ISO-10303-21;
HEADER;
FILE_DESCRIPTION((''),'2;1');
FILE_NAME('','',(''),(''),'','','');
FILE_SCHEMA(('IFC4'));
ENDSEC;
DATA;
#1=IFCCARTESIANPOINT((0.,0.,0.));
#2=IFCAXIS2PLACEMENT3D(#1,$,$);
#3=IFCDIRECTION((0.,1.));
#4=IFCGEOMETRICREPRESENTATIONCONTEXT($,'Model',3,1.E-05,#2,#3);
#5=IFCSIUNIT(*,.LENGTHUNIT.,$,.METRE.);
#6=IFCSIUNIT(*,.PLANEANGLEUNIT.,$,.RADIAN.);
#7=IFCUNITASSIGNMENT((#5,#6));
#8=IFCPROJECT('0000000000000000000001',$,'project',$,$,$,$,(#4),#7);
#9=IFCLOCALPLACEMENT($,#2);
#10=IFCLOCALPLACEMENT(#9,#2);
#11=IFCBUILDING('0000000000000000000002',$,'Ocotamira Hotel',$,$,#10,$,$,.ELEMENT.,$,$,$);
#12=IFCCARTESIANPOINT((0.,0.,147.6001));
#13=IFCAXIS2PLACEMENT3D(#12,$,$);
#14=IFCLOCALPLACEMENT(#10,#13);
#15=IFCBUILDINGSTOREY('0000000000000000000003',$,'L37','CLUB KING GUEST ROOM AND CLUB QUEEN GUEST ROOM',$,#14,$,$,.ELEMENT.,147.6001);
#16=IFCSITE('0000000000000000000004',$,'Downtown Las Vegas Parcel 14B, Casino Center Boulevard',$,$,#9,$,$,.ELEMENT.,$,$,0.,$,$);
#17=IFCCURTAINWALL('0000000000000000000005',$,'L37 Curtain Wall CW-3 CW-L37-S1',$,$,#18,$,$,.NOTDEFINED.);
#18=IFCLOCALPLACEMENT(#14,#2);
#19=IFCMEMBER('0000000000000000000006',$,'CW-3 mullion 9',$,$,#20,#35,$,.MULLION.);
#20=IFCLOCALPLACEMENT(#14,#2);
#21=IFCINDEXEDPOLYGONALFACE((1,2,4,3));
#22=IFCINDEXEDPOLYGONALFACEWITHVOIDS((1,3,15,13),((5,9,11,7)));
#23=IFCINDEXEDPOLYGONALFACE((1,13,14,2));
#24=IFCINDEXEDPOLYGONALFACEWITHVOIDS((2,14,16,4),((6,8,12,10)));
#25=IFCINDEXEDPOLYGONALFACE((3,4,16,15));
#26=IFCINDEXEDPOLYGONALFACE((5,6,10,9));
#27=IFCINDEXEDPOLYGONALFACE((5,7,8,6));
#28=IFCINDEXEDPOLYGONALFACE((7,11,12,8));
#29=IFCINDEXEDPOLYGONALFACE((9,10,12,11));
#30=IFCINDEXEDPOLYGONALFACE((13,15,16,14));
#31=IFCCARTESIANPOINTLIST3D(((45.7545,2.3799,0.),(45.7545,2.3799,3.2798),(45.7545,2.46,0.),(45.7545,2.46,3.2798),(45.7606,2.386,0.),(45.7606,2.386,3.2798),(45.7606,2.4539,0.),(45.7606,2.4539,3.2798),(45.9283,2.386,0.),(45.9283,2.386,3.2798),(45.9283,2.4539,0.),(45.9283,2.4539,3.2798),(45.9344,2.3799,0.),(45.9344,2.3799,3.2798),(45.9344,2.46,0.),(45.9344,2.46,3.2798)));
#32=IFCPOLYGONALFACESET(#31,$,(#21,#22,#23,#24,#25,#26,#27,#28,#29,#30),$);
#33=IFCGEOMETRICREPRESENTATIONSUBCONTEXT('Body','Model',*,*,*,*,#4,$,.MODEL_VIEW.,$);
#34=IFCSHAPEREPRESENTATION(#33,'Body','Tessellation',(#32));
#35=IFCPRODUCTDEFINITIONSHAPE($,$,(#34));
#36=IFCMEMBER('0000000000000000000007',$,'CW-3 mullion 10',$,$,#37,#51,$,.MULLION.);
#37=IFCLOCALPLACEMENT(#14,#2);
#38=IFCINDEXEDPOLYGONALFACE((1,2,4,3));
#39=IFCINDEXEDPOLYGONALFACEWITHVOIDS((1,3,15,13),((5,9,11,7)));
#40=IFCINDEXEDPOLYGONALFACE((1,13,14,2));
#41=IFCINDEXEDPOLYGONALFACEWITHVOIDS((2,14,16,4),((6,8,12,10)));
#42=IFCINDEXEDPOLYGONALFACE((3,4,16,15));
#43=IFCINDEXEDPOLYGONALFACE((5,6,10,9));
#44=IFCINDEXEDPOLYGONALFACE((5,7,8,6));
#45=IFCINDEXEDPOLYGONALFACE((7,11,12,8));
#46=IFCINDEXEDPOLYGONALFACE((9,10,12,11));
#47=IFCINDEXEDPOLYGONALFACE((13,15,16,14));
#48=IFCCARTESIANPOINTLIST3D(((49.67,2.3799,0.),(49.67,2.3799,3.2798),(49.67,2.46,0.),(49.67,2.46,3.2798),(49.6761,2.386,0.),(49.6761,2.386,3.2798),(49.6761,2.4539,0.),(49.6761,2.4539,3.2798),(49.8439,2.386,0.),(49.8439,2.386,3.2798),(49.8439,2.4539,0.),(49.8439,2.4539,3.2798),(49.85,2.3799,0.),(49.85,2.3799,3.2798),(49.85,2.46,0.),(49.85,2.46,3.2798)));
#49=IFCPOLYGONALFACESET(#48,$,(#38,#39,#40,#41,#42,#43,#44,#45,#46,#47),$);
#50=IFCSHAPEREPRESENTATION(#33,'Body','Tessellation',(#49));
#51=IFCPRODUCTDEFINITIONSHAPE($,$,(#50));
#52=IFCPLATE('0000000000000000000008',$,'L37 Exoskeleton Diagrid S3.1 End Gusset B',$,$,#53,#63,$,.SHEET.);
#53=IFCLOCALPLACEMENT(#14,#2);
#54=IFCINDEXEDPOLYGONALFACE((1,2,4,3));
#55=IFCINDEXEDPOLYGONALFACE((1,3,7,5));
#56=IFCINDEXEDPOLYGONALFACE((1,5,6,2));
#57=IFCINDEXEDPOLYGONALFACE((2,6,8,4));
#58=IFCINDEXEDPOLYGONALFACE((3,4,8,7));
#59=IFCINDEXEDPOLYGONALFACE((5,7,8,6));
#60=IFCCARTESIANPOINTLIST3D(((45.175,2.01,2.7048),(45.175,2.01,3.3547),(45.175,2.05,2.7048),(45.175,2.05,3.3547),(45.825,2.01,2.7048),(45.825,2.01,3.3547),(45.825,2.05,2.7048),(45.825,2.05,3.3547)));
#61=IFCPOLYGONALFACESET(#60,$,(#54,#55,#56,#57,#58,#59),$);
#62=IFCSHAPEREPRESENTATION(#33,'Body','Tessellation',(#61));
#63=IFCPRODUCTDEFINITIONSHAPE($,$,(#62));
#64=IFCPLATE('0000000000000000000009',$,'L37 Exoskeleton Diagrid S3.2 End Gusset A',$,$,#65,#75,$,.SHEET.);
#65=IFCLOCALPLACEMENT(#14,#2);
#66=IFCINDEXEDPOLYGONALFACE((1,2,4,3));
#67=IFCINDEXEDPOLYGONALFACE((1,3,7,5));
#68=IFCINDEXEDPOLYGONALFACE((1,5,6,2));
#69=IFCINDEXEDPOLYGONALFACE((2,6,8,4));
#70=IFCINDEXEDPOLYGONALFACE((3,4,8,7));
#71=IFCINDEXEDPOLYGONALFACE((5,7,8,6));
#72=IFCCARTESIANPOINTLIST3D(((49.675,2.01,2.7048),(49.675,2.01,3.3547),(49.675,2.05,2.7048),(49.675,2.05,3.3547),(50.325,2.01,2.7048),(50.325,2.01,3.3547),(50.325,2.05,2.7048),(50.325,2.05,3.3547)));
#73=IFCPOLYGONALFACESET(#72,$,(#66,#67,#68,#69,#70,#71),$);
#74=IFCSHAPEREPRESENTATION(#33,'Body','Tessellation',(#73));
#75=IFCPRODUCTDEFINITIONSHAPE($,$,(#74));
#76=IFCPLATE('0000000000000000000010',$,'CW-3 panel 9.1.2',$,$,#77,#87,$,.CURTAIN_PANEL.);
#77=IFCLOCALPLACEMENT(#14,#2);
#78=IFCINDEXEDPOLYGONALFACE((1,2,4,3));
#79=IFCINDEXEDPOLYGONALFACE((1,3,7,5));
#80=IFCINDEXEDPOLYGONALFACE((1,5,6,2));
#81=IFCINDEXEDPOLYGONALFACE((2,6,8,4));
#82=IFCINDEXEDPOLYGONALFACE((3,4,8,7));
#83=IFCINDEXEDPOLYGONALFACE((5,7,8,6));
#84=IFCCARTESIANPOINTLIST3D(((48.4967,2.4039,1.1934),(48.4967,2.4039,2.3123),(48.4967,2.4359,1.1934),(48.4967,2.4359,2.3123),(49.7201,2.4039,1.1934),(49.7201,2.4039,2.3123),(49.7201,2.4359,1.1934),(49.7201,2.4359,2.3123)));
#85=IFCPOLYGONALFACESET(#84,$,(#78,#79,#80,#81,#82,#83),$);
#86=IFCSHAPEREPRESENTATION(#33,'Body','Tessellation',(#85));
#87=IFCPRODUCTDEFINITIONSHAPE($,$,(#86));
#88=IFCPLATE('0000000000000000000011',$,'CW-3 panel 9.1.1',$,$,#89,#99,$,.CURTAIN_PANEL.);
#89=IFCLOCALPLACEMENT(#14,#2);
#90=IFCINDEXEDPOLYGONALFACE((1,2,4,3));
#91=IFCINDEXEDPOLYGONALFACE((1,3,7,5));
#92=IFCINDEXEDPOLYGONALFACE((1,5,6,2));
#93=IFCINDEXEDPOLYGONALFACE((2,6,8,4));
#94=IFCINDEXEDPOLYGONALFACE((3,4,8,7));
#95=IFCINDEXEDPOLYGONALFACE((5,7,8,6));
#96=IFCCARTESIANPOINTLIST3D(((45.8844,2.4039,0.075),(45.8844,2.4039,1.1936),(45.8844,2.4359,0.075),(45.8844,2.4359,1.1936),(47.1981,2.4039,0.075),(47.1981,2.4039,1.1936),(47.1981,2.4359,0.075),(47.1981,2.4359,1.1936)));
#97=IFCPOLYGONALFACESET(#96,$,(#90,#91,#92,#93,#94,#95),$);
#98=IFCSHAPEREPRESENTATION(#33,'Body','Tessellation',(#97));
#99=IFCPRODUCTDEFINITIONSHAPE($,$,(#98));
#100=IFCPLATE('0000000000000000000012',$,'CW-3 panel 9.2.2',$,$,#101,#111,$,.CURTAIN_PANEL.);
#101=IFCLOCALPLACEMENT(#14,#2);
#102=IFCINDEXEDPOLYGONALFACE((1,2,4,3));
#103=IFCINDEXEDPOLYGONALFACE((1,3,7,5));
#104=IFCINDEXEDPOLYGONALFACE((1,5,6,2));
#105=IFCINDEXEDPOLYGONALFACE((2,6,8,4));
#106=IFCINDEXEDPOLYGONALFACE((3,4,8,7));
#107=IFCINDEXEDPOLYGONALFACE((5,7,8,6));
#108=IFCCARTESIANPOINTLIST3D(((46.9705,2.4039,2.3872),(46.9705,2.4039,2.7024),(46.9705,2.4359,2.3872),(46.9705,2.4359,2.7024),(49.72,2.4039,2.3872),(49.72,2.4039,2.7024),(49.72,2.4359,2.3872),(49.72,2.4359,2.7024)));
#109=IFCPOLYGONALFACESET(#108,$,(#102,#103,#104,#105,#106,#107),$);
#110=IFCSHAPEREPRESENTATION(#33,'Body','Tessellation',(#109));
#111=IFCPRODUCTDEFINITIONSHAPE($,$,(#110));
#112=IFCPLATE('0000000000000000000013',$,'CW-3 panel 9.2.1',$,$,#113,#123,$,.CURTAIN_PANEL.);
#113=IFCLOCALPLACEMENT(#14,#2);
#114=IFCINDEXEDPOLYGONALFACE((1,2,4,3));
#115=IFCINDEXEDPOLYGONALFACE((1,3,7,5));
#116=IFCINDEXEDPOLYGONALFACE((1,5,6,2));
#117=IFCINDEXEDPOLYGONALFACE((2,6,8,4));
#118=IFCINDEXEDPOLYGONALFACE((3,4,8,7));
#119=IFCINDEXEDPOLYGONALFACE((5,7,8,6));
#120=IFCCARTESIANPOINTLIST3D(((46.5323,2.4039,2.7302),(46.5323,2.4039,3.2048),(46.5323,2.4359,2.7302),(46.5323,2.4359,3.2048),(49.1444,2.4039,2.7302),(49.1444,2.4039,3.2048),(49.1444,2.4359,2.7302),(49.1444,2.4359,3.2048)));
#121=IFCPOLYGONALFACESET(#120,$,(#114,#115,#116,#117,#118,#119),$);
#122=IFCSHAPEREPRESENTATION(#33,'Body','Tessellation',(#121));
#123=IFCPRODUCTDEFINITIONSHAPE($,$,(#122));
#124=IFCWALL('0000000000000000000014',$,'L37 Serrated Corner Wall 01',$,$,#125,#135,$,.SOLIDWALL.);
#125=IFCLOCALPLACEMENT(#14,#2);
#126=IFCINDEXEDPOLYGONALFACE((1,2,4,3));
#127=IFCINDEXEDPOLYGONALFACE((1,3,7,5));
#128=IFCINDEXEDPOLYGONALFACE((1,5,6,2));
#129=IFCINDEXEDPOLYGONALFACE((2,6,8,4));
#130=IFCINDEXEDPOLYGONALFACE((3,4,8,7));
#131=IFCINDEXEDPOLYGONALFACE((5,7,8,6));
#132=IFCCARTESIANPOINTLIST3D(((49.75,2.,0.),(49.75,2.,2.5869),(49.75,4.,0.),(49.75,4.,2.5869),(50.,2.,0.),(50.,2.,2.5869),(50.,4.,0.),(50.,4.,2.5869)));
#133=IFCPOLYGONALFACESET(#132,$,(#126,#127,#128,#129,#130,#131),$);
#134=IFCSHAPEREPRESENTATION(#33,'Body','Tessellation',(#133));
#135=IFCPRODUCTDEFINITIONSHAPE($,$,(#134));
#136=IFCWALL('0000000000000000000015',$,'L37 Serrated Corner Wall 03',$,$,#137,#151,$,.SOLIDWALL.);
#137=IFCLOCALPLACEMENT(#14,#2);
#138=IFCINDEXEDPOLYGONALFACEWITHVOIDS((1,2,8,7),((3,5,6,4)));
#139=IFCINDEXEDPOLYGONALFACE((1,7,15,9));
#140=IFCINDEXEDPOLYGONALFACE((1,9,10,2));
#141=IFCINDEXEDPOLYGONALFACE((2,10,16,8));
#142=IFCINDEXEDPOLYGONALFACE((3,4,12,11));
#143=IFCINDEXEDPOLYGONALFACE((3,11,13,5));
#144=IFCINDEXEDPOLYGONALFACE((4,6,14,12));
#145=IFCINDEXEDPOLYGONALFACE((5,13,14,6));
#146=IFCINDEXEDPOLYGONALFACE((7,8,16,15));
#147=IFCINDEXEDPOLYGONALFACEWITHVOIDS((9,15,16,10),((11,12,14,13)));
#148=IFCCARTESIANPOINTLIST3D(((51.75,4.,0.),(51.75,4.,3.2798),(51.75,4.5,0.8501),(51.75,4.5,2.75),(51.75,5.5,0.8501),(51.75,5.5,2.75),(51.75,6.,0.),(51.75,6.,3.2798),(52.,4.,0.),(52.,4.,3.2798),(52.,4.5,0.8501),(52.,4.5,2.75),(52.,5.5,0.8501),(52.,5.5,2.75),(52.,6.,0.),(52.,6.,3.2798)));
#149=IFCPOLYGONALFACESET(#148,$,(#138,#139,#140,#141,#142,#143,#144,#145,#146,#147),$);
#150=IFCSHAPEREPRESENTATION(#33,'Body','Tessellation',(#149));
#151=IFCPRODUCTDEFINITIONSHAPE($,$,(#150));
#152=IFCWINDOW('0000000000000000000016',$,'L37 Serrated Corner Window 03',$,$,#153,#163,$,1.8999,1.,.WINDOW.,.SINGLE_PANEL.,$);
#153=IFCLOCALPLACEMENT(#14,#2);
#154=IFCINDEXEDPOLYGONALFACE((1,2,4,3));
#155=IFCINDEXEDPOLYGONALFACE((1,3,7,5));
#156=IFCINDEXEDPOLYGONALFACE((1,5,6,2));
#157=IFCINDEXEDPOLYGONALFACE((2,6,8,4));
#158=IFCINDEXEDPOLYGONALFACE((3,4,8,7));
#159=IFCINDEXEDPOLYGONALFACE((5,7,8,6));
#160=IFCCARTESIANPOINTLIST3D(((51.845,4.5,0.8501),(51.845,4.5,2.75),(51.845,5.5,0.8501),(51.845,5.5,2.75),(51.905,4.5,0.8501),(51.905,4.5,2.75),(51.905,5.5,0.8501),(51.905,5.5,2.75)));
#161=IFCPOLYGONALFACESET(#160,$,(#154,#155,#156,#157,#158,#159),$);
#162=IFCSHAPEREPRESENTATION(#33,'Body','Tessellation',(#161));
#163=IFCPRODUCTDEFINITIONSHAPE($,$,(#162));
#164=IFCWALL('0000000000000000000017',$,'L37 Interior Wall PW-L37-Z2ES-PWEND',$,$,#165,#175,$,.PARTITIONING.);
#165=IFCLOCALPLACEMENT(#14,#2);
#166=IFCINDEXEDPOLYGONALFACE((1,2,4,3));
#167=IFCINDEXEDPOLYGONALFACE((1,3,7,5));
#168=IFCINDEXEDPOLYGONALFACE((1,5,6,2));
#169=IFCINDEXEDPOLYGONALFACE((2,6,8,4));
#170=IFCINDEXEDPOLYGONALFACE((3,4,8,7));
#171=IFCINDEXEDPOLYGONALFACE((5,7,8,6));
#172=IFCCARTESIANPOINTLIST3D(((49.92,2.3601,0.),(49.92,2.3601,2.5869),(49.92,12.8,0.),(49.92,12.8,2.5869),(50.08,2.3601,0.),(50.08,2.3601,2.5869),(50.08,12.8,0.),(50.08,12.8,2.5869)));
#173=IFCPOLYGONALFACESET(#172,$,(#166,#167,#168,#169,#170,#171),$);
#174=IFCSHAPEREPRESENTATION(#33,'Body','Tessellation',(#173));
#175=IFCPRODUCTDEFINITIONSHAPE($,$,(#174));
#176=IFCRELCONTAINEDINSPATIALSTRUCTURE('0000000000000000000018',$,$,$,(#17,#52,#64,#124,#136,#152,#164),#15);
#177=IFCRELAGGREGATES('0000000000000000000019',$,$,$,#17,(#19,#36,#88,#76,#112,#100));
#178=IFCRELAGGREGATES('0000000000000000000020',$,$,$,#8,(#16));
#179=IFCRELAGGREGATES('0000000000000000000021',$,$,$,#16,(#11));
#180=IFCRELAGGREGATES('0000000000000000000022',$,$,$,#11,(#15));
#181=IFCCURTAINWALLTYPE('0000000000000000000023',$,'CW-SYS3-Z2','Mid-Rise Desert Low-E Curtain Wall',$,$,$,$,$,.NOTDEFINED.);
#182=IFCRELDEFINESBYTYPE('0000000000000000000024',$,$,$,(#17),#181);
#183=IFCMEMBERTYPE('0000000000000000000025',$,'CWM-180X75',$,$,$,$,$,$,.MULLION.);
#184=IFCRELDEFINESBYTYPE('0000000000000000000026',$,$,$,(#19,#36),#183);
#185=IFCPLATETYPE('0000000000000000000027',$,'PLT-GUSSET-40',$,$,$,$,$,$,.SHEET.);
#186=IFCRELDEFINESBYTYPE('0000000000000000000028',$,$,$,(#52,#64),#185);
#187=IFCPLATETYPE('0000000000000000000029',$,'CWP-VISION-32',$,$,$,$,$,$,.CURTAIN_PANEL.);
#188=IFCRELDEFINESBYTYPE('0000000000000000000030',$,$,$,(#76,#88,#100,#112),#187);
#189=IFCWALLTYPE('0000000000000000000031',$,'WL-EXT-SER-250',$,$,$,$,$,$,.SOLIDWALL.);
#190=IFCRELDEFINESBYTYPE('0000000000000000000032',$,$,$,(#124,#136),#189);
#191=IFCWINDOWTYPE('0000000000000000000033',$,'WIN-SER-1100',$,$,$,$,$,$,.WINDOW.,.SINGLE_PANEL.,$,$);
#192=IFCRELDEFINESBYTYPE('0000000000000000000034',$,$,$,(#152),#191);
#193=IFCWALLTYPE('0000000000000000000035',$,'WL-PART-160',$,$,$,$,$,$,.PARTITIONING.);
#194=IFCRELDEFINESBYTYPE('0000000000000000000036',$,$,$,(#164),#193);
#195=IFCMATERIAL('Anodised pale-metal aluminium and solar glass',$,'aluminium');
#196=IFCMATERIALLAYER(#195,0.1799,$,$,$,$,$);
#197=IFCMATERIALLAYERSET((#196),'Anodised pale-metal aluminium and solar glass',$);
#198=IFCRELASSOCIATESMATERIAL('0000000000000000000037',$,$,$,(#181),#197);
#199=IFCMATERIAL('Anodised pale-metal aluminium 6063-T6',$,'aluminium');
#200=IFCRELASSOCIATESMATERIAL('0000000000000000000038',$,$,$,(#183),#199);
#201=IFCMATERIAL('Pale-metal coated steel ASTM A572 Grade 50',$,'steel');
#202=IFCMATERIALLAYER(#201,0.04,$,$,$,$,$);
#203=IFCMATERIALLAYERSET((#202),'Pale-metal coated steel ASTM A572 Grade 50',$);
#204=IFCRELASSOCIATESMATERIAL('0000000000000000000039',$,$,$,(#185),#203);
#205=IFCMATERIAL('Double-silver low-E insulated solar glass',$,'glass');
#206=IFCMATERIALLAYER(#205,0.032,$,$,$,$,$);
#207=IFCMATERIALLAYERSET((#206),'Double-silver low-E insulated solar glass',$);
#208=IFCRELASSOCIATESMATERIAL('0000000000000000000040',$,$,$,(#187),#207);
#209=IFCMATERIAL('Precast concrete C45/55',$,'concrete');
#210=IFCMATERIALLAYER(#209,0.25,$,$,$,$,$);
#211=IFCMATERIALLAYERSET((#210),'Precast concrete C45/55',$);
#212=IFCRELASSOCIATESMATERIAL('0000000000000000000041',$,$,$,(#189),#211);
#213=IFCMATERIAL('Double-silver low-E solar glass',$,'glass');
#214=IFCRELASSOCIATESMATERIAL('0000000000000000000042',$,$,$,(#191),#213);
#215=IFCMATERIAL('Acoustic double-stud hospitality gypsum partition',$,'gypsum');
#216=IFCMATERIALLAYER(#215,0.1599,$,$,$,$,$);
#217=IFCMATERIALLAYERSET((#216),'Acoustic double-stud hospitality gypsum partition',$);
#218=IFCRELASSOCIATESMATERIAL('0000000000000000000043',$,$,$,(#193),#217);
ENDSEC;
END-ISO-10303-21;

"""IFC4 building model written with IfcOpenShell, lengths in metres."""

from ifc_helpers import new_model, si_unit, direction, frame, frame_2d, origin, origin_2d, place, context, subcontext, project, spatial, rectangle, hollow_rectangle, extrude, source, transform, mapped, material, layer, layer_set, material_profile, profile_set, type_object, element, fill, aggregate, save


model = new_model("IFC4")

# Units and contexts
model_context = context("Model", 3, precision=1e-05, world=origin(), true_north=direction((0.0, 1.0)))
body_context = subcontext(model_context, "Body", "Model", "MODEL_VIEW")
ifc_project = project(units=[si_unit("LENGTHUNIT", "METRE"), si_unit("PLANEANGLEUNIT", "RADIAN")], contexts=[model_context])

# Site, building, storey
site_placement = place(None, origin())
site = spatial("IfcSite", under=ifc_project, at=site_placement, Name="Downtown Las Vegas Parcel 14B, Casino Center Boulevard", CompositionType="ELEMENT", RefElevation=0.0)
building_placement = place(site_placement, origin())
building = spatial("IfcBuilding", under=site, at=building_placement, Name="Ocotamira Hotel", CompositionType="ELEMENT")
storey_placement = place(building_placement, frame((0.0, 0.0, 147.6001)))
storey = spatial("IfcBuildingStorey", under=building, at=storey_placement, Name="L37", Description="CLUB KING GUEST ROOM AND CLUB QUEEN GUEST ROOM", CompositionType="ELEMENT", Elevation=147.6001)

# Curtain wall, members
ifc_material_1 = material(Name="Anodised pale-metal aluminium and solar glass", Category="aluminium")
ifc_layer_1 = layer(ifc_material_1, 0.1799)
ifc_layer_set_1 = layer_set([ifc_layer_1], Name="Anodised pale-metal aluminium and solar glass")
curtain_wall_type = type_object("IfcCurtainWallType", Name="CW-SYS3-Z2", Description="Mid-Rise Desert Low-E Curtain Wall", PredefinedType="NOTDEFINED", material=ifc_layer_set_1)
curtain_wall_placement = place(storey_placement, origin())
curtain_wall = element("IfcCurtainWall", 1, at=curtain_wall_placement, inside=storey, type_object=curtain_wall_type, Name="L37 Curtain Wall CW-3 CW-L37-S1", PredefinedType="NOTDEFINED")
ifc_material_2 = material(Name="Anodised pale-metal aluminium 6063-T6", Category="aluminium")
ifc_material_profile_1 = material_profile(ifc_material_2, hollow_rectangle(XDim=0.0801, YDim=0.1799, WallThickness=0.0061, at=origin_2d()), Name="HSS180X80X6")
ifc_profile_set_1 = profile_set([ifc_material_profile_1], Name="Anodised pale-metal aluminium 6063-T6")
member_type_1 = type_object("IfcMemberType", Name="CWM-180X75", PredefinedType="MULLION", material=ifc_profile_set_1)
shared_shape_1 = source(origin(), body_context, "Body", "SweptSolid", [
    extrude(hollow_rectangle(XDim=0.0801, YDim=0.1799, WallThickness=0.0061, at=origin_2d()), origin(), (0.0, 0.0, 1.0), 3.2798),
])
member_1_placement = place(storey_placement, frame((45.8445, 2.4199, 0.0), z_axis=(0.0, 0.0, 1.0), x_axis=(0.0, 1.0, 0.0)))
member_1 = element("IfcMember", 2, at=member_1_placement, type_object=member_type_1, Name="CW-3 mullion 9", PredefinedType="MULLION", context=body_context, shape_type="MappedRepresentation", body=[
    mapped(shared_shape_1, transform((0.0, 0.0, 0.0), scale=1.0)),
])
member_2_placement = place(storey_placement, frame((49.76, 2.4199, 0.0), z_axis=(0.0, 0.0, 1.0), x_axis=(0.0, 1.0, 0.0)))
member_2 = element("IfcMember", 3, at=member_2_placement, type_object=member_type_1, Name="CW-3 mullion 10", PredefinedType="MULLION", context=body_context, shape_type="MappedRepresentation", body=[
    mapped(shared_shape_1, transform((0.0, 0.0, 0.0), scale=1.0)),
])

# Plates
ifc_material_3 = material(Name="Pale-metal coated steel ASTM A572 Grade 50", Category="steel")
ifc_layer_2 = layer(ifc_material_3, 0.04)
ifc_layer_set_2 = layer_set([ifc_layer_2], Name="Pale-metal coated steel ASTM A572 Grade 50")
plate_type_1 = type_object("IfcPlateType", Name="PLT-GUSSET-40", PredefinedType="SHEET", material=ifc_layer_set_2)
shared_shape_2 = source(origin(), body_context, "Body", "SweptSolid", [
    extrude(rectangle(XDim=0.6499, YDim=0.04, at=origin_2d()), origin(), (0.0, 0.0, 1.0), 0.6499),
])
for number, where, z_axis, x_axis, name in (
    (4, (45.5, 2.03, 2.7048), (0.0, 0.0, 1.0), (1.0, 0.0, 0.0), "L37 Exoskeleton Diagrid S3.1 End Gusset B"),
    (5, (50.0, 2.03, 2.7048), (0.0, 0.0, 1.0), (-1.0, 0.0, 0.0), "L37 Exoskeleton Diagrid S3.2 End Gusset A"),
):
    element("IfcPlate", number, at=place(storey_placement, frame(where, z_axis=z_axis, x_axis=x_axis)), inside=storey, type_object=plate_type_1, Name=name, PredefinedType="SHEET", context=body_context, shape_type="MappedRepresentation", body=[
        mapped(shared_shape_2, transform((0.0, 0.0, 0.0), scale=1.0)),
    ])

# Plates
ifc_material_4 = material(Name="Double-silver low-E insulated solar glass", Category="glass")
ifc_layer_3 = layer(ifc_material_4, 0.032)
ifc_layer_set_3 = layer_set([ifc_layer_3], Name="Double-silver low-E insulated solar glass")
plate_type_2 = type_object("IfcPlateType", Name="CWP-VISION-32", PredefinedType="CURTAIN_PANEL", material=ifc_layer_set_3)
shared_shape_3 = source(origin(), body_context, "Body", "SweptSolid", [
    extrude(rectangle(XDim=1.2234, YDim=0.032, at=origin_2d()), origin(), (0.0, 0.0, 1.0), 1.1189),
])
plate_1_placement = place(storey_placement, frame((49.1084, 2.4199, 1.1934), z_axis=(0.0, 0.0, 1.0), x_axis=(1.0, 0.0, 0.0)))
plate_1 = element("IfcPlate", 6, at=plate_1_placement, type_object=plate_type_2, Name="CW-3 panel 9.1.2", PredefinedType="CURTAIN_PANEL", context=body_context, shape_type="MappedRepresentation", body=[
    mapped(shared_shape_3, transform((0.0, 0.0, 0.0), scale=1.0)),
])
shared_shape_4 = source(origin(), body_context, "Body", "SweptSolid", [
    extrude(rectangle(XDim=1.3137, YDim=0.032, at=origin_2d()), origin(), (0.0, 0.0, 1.0), 1.1187),
])
plate_2_placement = place(storey_placement, frame((46.5413, 2.4199, 0.075), z_axis=(0.0, 0.0, 1.0), x_axis=(1.0, 0.0, 0.0)))
plate_2 = element("IfcPlate", 7, at=plate_2_placement, type_object=plate_type_2, Name="CW-3 panel 9.1.1", PredefinedType="CURTAIN_PANEL", context=body_context, shape_type="MappedRepresentation", body=[
    mapped(shared_shape_4, transform((0.0, 0.0, 0.0), scale=1.0)),
])
shared_shape_5 = source(origin(), body_context, "Body", "SweptSolid", [
    extrude(rectangle(XDim=2.7495, YDim=0.032, at=origin_2d()), origin(), (0.0, 0.0, 1.0), 0.3152),
])
plate_3_placement = place(storey_placement, frame((48.3452, 2.4199, 2.3872), z_axis=(0.0, 0.0, 1.0), x_axis=(1.0, 0.0, 0.0)))
plate_3 = element("IfcPlate", 8, at=plate_3_placement, type_object=plate_type_2, Name="CW-3 panel 9.2.2", PredefinedType="CURTAIN_PANEL", context=body_context, shape_type="MappedRepresentation", body=[
    mapped(shared_shape_5, transform((0.0, 0.0, 0.0), scale=1.0)),
])
shared_shape_6 = source(origin(), body_context, "Body", "SweptSolid", [
    extrude(rectangle(XDim=2.6121, YDim=0.032, at=origin_2d()), origin(), (0.0, 0.0, 1.0), 0.4746),
])
plate_4_placement = place(storey_placement, frame((47.8384, 2.4199, 2.7302), z_axis=(0.0, 0.0, 1.0), x_axis=(1.0, 0.0, 0.0)))
plate_4 = element("IfcPlate", 9, at=plate_4_placement, type_object=plate_type_2, Name="CW-3 panel 9.2.1", PredefinedType="CURTAIN_PANEL", context=body_context, shape_type="MappedRepresentation", body=[
    mapped(shared_shape_6, transform((0.0, 0.0, 0.0), scale=1.0)),
])
aggregate(curtain_wall, [member_1, member_2, plate_2, plate_1, plate_4, plate_3])

# Wall
ifc_material_5 = material(Name="Precast concrete C45/55", Category="concrete")
ifc_layer_4 = layer(ifc_material_5, 0.25)
ifc_layer_set_4 = layer_set([ifc_layer_4], Name="Precast concrete C45/55")
wall_type_1 = type_object("IfcWallType", Name="WL-EXT-SER-250", PredefinedType="SOLIDWALL", material=ifc_layer_set_4)
wall_1_placement = place(storey_placement, frame((49.875, 2.0, 0.0), z_axis=(0.0, 0.0, 1.0), x_axis=(0.0, 1.0, 0.0)))
element("IfcWall", 10, at=wall_1_placement, inside=storey, type_object=wall_type_1, Name="L37 Serrated Corner Wall 01", PredefinedType="SOLIDWALL", context=body_context, shape_type="SweptSolid", body=[
    extrude(rectangle(XDim=2.0, YDim=0.25, at=frame_2d((1.0, 0.0))), origin(), (0.0, 0.0, 1.0), 2.5869),
])

# Wall, opening, window
wall_2_placement = place(storey_placement, frame((51.875, 4.0, 0.0), z_axis=(0.0, 0.0, 1.0), x_axis=(0.0, 1.0, 0.0)))
wall_2 = element("IfcWall", 11, at=wall_2_placement, inside=storey, type_object=wall_type_1, Name="L37 Serrated Corner Wall 03", PredefinedType="SOLIDWALL", context=body_context, shape_type="SweptSolid", body=[
    extrude(rectangle(XDim=2.0, YDim=0.25, at=frame_2d((1.0, 0.0))), origin(), (0.0, 0.0, 1.0), 3.2798),
])
opening_placement = place(wall_2_placement, frame((0.5, 0.0, 0.8501)))
opening = element("IfcOpeningElement", 12, at=opening_placement, cuts=wall_2, PredefinedType="OPENING", context=body_context, shape_type="SweptSolid", body=[
    extrude(rectangle(XDim=1.0, YDim=1.8999, at=frame_2d((0.5, 0.95))), frame((0.0, 0.135, 0.0), z_axis=(0.0, -1.0, 0.0), x_axis=(1.0, 0.0, 0.0)), (0.0, 0.0, 1.0), 0.27),
])
ifc_material_6 = material(Name="Double-silver low-E solar glass", Category="glass")
window_type = type_object("IfcWindowType", Name="WIN-SER-1100", PartitioningType="SINGLE_PANEL", PredefinedType="WINDOW", material=ifc_material_6)
shared_shape_7 = source(origin(), body_context, "Body", "SweptSolid", [
    extrude(rectangle(XDim=1.0, YDim=1.8999, at=frame_2d((0.5, 0.95))), frame((0.0, 0.03, 0.0), z_axis=(0.0, -1.0, 0.0), x_axis=(1.0, 0.0, 0.0)), (0.0, 0.0, 1.0), 0.0601),
])
window_placement = place(opening_placement, origin())
window = element("IfcWindow", 13, at=window_placement, inside=storey, type_object=window_type, Name="L37 Serrated Corner Window 03", OverallHeight=1.8999, OverallWidth=1.0, PartitioningType="SINGLE_PANEL", PredefinedType="WINDOW", context=body_context, shape_type="MappedRepresentation", body=[
    mapped(shared_shape_7, transform((0.0, 0.0, 0.0), scale=1.0)),
])
fill(opening, window)

# Wall
ifc_material_7 = material(Name="Acoustic double-stud hospitality gypsum partition", Category="gypsum")
ifc_layer_5 = layer(ifc_material_7, 0.1599)
ifc_layer_set_5 = layer_set([ifc_layer_5], Name="Acoustic double-stud hospitality gypsum partition")
wall_type_2 = type_object("IfcWallType", Name="WL-PART-160", PredefinedType="PARTITIONING", material=ifc_layer_set_5)
wall_3_placement = place(storey_placement, frame((50.0, 2.3601, 0.0), z_axis=(0.0, 0.0, 1.0), x_axis=(0.0, 1.0, 0.0)))
element("IfcWall", 14, at=wall_3_placement, inside=storey, type_object=wall_type_2, Name="L37 Interior Wall PW-L37-Z2ES-PWEND", PredefinedType="PARTITIONING", context=body_context, shape_type="SweptSolid", body=[
    extrude(rectangle(XDim=10.4399, YDim=0.1599, at=frame_2d((5.22, 0.0))), origin(), (0.0, 0.0, 1.0), 2.5869),
])

save(model, "model.ifc")
